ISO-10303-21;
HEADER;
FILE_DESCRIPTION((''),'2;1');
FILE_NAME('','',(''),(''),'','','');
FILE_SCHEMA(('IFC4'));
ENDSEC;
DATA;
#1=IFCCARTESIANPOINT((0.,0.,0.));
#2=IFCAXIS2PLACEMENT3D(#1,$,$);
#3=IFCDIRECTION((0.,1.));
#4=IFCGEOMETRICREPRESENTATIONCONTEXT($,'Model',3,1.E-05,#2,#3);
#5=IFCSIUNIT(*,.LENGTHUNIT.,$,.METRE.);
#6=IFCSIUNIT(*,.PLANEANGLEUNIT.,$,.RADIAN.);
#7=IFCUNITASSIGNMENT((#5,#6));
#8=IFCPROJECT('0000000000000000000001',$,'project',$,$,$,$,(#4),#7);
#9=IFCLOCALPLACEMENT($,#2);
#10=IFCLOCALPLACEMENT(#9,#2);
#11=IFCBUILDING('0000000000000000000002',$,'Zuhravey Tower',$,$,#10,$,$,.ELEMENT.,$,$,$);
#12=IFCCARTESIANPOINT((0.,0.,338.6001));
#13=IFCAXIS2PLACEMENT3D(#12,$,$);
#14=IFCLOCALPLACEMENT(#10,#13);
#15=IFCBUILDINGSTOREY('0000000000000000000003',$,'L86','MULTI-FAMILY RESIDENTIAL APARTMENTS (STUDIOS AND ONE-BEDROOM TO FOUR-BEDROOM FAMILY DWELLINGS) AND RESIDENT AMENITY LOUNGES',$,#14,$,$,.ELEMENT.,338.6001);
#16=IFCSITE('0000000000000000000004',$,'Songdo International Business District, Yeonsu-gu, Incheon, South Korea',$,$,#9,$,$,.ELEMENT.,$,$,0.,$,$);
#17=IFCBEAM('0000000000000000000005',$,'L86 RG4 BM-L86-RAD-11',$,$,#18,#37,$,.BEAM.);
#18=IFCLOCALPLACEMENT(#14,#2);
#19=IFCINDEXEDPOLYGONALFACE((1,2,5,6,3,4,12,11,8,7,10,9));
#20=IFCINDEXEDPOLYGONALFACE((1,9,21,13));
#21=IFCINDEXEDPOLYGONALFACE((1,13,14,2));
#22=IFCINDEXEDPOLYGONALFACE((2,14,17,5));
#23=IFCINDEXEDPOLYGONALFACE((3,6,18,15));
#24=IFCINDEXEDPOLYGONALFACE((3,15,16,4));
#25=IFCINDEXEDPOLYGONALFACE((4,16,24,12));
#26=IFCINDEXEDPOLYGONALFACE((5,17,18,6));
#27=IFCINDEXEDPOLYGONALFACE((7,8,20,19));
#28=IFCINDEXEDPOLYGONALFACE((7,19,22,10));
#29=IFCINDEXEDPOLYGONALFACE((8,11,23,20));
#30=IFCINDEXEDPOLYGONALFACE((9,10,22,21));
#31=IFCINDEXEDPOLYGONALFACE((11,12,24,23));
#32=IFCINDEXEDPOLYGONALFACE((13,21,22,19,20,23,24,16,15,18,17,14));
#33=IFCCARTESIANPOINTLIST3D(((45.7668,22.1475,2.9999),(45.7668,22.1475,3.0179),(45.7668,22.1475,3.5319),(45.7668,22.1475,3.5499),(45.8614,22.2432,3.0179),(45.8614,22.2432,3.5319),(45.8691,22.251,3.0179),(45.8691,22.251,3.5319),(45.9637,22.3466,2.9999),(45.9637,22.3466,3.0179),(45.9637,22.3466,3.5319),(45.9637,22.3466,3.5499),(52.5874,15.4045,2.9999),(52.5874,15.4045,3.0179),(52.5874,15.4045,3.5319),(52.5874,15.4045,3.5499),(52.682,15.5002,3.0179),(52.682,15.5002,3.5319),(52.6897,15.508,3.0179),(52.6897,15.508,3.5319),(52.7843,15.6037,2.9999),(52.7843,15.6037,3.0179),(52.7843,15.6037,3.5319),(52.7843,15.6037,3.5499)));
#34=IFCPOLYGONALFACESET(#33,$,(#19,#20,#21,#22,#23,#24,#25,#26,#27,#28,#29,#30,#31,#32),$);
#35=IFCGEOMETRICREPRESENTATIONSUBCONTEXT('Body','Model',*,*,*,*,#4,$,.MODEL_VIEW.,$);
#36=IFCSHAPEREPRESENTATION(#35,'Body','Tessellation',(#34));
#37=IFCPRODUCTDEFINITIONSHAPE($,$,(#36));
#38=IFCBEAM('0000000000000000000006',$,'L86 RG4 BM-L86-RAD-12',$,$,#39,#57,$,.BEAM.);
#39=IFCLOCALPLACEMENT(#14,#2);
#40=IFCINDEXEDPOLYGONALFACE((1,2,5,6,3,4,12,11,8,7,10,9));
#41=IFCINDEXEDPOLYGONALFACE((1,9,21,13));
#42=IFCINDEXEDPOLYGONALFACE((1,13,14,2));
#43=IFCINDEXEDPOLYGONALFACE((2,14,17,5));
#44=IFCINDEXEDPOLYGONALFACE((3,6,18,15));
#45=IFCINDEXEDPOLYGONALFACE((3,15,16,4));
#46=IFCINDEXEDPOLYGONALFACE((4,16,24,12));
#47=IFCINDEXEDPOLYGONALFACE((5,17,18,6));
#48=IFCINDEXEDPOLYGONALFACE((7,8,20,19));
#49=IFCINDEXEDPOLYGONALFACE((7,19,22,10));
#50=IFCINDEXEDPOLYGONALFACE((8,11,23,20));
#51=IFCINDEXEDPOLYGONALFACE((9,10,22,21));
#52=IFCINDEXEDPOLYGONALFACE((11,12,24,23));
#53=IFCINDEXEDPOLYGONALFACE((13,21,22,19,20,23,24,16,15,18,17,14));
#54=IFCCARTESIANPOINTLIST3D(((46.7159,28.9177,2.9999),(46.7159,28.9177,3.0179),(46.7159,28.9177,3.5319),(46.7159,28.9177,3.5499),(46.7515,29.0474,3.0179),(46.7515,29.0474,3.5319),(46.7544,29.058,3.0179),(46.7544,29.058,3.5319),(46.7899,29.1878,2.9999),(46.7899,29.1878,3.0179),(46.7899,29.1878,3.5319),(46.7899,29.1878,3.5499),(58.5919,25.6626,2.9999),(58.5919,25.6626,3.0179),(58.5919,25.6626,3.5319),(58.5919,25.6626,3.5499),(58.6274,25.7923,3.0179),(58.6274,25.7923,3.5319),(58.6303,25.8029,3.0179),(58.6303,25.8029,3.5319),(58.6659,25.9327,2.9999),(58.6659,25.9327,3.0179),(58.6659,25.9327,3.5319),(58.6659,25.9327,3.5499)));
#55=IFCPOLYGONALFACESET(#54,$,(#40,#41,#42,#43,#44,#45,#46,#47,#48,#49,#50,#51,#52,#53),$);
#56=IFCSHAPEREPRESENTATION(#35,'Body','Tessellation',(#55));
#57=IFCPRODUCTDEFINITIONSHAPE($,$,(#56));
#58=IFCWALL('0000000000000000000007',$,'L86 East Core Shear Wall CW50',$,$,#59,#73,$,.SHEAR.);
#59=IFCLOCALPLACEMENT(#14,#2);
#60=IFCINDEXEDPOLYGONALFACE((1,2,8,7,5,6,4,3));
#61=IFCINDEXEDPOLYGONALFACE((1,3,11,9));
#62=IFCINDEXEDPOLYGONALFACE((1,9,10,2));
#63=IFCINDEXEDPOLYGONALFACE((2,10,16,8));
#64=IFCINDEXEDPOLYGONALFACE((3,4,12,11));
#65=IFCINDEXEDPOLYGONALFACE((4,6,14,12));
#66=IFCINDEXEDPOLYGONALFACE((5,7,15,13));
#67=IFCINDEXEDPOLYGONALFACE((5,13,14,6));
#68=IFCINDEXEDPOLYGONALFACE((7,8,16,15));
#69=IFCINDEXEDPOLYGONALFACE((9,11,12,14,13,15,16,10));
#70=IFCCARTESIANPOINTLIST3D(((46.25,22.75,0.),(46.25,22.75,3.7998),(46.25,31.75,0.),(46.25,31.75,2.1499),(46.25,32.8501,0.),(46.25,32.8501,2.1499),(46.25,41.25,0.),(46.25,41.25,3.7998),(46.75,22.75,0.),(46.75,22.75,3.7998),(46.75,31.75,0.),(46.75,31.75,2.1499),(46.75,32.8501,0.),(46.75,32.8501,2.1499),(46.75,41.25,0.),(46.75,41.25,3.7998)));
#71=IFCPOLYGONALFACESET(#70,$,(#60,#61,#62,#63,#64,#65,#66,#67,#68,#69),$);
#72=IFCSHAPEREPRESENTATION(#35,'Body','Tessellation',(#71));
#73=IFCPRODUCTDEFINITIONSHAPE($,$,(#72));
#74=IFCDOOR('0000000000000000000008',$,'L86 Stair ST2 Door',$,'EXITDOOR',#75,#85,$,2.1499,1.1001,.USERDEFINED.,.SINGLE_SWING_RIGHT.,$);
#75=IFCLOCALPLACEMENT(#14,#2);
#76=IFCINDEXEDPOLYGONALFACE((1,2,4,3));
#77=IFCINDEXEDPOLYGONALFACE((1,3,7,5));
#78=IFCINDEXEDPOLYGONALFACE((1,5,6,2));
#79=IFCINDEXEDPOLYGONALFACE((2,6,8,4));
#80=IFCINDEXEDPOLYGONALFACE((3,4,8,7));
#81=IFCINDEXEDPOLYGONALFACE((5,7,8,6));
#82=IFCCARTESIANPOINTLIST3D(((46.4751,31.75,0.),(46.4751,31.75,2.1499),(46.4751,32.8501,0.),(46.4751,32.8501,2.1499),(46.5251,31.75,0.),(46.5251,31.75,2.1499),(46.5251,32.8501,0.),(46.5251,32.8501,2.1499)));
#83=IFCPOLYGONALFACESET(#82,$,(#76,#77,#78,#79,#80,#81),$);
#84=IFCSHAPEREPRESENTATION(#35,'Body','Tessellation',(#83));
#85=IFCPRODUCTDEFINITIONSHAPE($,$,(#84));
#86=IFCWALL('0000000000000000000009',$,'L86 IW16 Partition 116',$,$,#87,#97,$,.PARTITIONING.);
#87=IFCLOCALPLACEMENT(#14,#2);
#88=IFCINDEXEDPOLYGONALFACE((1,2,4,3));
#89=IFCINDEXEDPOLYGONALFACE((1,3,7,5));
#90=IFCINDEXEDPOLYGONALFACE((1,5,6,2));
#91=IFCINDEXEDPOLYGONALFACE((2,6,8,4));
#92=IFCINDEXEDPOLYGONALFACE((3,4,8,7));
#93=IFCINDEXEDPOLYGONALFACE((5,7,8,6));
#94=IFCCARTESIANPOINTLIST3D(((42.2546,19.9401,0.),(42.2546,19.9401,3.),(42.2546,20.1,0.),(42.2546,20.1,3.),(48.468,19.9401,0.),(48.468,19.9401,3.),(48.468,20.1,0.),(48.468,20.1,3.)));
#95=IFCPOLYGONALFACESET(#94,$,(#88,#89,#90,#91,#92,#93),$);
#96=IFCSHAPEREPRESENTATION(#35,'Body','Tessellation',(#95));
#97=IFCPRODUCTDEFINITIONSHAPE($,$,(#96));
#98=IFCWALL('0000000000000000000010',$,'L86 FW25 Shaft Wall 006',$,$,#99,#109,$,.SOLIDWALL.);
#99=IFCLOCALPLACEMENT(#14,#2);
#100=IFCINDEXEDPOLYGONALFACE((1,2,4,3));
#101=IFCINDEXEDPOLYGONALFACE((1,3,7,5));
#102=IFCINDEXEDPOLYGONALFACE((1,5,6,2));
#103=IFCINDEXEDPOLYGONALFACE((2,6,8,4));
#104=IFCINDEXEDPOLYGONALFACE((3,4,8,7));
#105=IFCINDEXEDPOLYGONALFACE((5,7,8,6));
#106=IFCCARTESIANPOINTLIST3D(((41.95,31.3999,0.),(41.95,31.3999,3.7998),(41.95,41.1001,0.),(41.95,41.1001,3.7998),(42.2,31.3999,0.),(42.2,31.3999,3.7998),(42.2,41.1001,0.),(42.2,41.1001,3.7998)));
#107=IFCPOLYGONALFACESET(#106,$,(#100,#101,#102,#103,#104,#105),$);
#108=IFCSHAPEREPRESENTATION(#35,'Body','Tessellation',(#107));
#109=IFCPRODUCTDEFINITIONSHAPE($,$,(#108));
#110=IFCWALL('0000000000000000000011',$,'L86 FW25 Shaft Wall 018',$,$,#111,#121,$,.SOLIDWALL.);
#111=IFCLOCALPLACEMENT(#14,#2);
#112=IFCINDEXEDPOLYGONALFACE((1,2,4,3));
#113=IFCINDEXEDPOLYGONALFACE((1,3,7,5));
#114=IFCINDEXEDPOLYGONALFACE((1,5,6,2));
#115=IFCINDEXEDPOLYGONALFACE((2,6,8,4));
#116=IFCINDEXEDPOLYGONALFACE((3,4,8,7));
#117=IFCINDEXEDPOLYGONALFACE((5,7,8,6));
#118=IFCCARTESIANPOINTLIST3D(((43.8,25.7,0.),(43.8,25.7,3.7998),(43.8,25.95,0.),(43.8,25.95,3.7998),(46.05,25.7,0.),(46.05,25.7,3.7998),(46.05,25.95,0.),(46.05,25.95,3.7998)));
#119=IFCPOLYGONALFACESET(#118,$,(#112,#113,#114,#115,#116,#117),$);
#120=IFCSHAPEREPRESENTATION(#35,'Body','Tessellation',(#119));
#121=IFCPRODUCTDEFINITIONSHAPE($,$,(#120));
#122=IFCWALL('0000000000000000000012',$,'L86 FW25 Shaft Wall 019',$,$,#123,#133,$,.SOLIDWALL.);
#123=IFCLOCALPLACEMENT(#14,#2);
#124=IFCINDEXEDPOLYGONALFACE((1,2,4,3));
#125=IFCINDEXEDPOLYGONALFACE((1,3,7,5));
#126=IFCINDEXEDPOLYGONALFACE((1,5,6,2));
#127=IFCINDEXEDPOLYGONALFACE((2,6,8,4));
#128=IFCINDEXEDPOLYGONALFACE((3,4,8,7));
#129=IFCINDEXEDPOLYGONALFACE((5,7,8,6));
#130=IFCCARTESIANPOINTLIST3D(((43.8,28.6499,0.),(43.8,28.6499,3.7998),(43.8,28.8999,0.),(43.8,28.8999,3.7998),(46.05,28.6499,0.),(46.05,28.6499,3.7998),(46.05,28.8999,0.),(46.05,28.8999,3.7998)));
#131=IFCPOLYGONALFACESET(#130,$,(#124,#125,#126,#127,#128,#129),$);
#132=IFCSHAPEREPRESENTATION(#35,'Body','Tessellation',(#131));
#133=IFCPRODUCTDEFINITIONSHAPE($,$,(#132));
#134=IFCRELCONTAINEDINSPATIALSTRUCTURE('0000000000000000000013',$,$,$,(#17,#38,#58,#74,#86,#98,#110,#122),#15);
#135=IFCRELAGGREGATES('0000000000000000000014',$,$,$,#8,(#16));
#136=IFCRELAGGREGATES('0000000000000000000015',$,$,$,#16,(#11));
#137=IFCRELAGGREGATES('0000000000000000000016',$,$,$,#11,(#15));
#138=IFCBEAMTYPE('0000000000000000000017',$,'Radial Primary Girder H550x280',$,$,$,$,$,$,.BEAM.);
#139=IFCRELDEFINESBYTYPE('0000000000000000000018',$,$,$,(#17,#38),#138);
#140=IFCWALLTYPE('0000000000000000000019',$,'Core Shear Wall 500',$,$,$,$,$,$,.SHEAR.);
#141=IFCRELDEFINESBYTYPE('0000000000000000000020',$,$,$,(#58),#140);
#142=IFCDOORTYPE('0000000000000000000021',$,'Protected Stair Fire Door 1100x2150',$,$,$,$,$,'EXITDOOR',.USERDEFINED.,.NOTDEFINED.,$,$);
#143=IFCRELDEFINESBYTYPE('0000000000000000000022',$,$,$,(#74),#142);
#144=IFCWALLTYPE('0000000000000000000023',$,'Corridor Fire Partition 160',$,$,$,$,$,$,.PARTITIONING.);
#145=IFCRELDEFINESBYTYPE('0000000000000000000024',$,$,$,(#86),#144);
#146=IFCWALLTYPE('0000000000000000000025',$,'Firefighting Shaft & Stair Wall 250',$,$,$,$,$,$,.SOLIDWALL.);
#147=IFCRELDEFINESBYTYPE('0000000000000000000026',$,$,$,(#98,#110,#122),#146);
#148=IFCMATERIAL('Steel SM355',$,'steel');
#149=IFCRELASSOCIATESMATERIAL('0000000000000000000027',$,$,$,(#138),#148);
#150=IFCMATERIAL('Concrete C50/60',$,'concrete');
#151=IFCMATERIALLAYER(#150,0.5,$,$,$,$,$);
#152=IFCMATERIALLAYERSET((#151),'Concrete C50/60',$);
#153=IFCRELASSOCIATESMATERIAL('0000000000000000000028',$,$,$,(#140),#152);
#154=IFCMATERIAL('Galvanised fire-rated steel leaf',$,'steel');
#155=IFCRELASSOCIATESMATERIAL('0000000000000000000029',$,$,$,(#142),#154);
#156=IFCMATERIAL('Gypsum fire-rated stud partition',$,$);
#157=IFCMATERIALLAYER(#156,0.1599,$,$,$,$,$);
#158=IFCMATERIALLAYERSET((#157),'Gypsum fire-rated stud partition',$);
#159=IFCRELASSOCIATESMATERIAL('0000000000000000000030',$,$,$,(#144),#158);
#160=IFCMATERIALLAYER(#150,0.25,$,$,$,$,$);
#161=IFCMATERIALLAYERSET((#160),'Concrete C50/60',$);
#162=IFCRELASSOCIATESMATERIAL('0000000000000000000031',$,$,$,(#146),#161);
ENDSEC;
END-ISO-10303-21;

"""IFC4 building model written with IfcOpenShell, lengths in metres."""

from ifc_helpers import new_model, si_unit, direction, frame, frame_2d, origin, origin_2d, place, context, subcontext, project, spatial, rectangle, i_section, extrude, material, layer, layer_set, material_profile, profile_set, type_object, element, fill, save


model = new_model("IFC4")

# Units and contexts
model_context = context("Model", 3, precision=1e-05, world=origin(), true_north=direction((0.0, 1.0)))
body_context = subcontext(model_context, "Body", "Model", "MODEL_VIEW")
ifc_project = project(units=[si_unit("LENGTHUNIT", "METRE"), si_unit("PLANEANGLEUNIT", "RADIAN")], contexts=[model_context])

# Site, building, storey
site_placement = place(None, origin())
site = spatial("IfcSite", under=ifc_project, at=site_placement, Name="Songdo International Business District, Yeonsu-gu, Incheon, South Korea", CompositionType="ELEMENT", RefElevation=0.0)
building_placement = place(site_placement, origin())
building = spatial("IfcBuilding", under=site, at=building_placement, Name="Zuhravey Tower", CompositionType="ELEMENT")
storey_placement = place(building_placement, frame((0.0, 0.0, 338.6001)))
storey = spatial("IfcBuildingStorey", under=building, at=storey_placement, Name="L86", Description="MULTI-FAMILY RESIDENTIAL APARTMENTS (STUDIOS AND ONE-BEDROOM TO FOUR-BEDROOM FAMILY DWELLINGS) AND RESIDENT AMENITY LOUNGES", CompositionType="ELEMENT", Elevation=338.6001)

# Beams
ifc_material_1 = material(Name="Steel SM355", Category="steel")
ifc_material_profile = material_profile(ifc_material_1, i_section(OverallWidth=0.28, OverallDepth=0.55, WebThickness=0.011, FlangeThickness=0.0181, at=origin_2d()), Name="H-550x280x11x18")
ifc_profile_set = profile_set([ifc_material_profile], Name="Steel SM355")
beam_type = type_object("IfcBeamType", Name="Radial Primary Girder H550x280", PredefinedType="BEAM", material=ifc_profile_set)
beam_1_placement = place(storey_placement, frame((45.8652, 22.2471, 3.2749), z_axis=(0.711143, -0.703048, 0.0), x_axis=(0.703048, 0.711143, 0.0)))
element("IfcBeam", 1, at=beam_1_placement, inside=storey, type_object=beam_type, Name="L86 RG4 BM-L86-RAD-11", PredefinedType="BEAM", context=body_context, shape_type="SweptSolid", body=[
    extrude(i_section(OverallWidth=0.28, OverallDepth=0.55, WebThickness=0.011, FlangeThickness=0.0181, at=origin_2d()), origin(), (0.0, 0.0, 1.0), 9.5911),
])
beam_2_placement = place(storey_placement, frame((46.7529, 29.0527, 3.2749), z_axis=(0.964429, -0.264344, 0.0), x_axis=(0.264344, 0.964429, 0.0)))
element("IfcBeam", 2, at=beam_2_placement, inside=storey, type_object=beam_type, Name="L86 RG4 BM-L86-RAD-12", PredefinedType="BEAM", context=body_context, shape_type="SweptSolid", body=[
    extrude(i_section(OverallWidth=0.28, OverallDepth=0.55, WebThickness=0.011, FlangeThickness=0.0181, at=origin_2d()), origin(), (0.0, 0.0, 1.0), 12.314),
])

# Wall, opening, door
ifc_material_2 = material(Name="Concrete C50/60", Category="concrete")
ifc_layer_1 = layer(ifc_material_2, 0.5)
ifc_layer_set_1 = layer_set([ifc_layer_1], Name="Concrete C50/60")
wall_type_1 = type_object("IfcWallType", Name="Core Shear Wall 500", PredefinedType="SHEAR", material=ifc_layer_set_1)
wall_1_placement = place(storey_placement, frame((46.5, 22.75, 0.0), z_axis=(0.0, 0.0, 1.0), x_axis=(0.0, 1.0, 0.0)))
wall_1 = element("IfcWall", 3, at=wall_1_placement, inside=storey, type_object=wall_type_1, Name="L86 East Core Shear Wall CW50", PredefinedType="SHEAR", context=body_context, shape_type="SweptSolid", body=[
    extrude(rectangle(XDim=18.5, YDim=0.5, at=frame_2d((9.25, 0.0))), origin(), (0.0, 0.0, 1.0), 3.7998),
])
opening_1_placement = place(wall_1_placement, frame((9.0, 0.0, 0.0)))
opening_1 = element("IfcOpeningElement", 4, at=opening_1_placement, cuts=wall_1, PredefinedType="OPENING", context=body_context, shape_type="SweptSolid", body=[
    extrude(rectangle(XDim=1.1001, YDim=2.1499, at=frame_2d((0.55, 1.075))), frame((0.0, 0.262, 0.0), z_axis=(0.0, -1.0, 0.0), x_axis=(1.0, 0.0, 0.0)), (0.0, 0.0, 1.0), 0.5239),
])
ifc_material_3 = material(Name="Galvanised fire-rated steel leaf", Category="steel")
door_type_1 = type_object("IfcDoorType", Name="Protected Stair Fire Door 1100x2150", ElementType="EXITDOOR", OperationType="NOTDEFINED", PredefinedType="USERDEFINED", material=ifc_material_3)
door_1_placement = place(opening_1_placement, origin())
door_1 = element("IfcDoor", 5, at=door_1_placement, inside=storey, type_object=door_type_1, Name="L86 Stair ST2 Door", ObjectType="EXITDOOR", OperationType="SINGLE_SWING_RIGHT", OverallHeight=2.1499, OverallWidth=1.1001, PredefinedType="USERDEFINED", context=body_context, shape_type="SweptSolid", body=[
    extrude(rectangle(XDim=1.1001, YDim=2.1499, at=frame_2d((0.55, 1.075))), frame((0.0, 0.0249, 0.0), z_axis=(0.0, -1.0, 0.0), x_axis=(1.0, 0.0, 0.0)), (0.0, 0.0, 1.0), 0.05),
])
fill(opening_1, door_1)
ifc_material_4 = material(Name="Gypsum fire-rated stud partition")
ifc_layer_2 = layer(ifc_material_4, 0.1599)
ifc_layer_set_2 = layer_set([ifc_layer_2], Name="Gypsum fire-rated stud partition")
wall_type_2 = type_object("IfcWallType", Name="Corridor Fire Partition 160", PredefinedType="PARTITIONING", material=ifc_layer_set_2)

# Walls
wall_2_placement = place(storey_placement, frame((42.2546, 20.02, 0.0), z_axis=(0.0, 0.0, 1.0), x_axis=(1.0, 0.0, 0.0)))
element("IfcWall", 6, at=wall_2_placement, inside=storey, type_object=wall_type_2, Name="L86 IW16 Partition 116", PredefinedType="PARTITIONING", context=body_context, shape_type="SweptSolid", body=[
    extrude(rectangle(XDim=6.2134, YDim=0.1599, at=frame_2d((3.1067, 0.0))), origin(), (0.0, 0.0, 1.0), 3.0),
])
ifc_layer_3 = layer(ifc_material_2, 0.25)
ifc_layer_set_3 = layer_set([ifc_layer_3], Name="Concrete C50/60")
wall_type_3 = type_object("IfcWallType", Name="Firefighting Shaft & Stair Wall 250", PredefinedType="SOLIDWALL", material=ifc_layer_set_3)
wall_3_placement = place(storey_placement, frame((42.075, 31.3999, 0.0), z_axis=(0.0, 0.0, 1.0), x_axis=(0.0, 1.0, 0.0)))
element("IfcWall", 7, at=wall_3_placement, inside=storey, type_object=wall_type_3, Name="L86 FW25 Shaft Wall 006", PredefinedType="SOLIDWALL", context=body_context, shape_type="SweptSolid", body=[
    extrude(rectangle(XDim=9.7002, YDim=0.25, at=frame_2d((4.8501, 0.0))), origin(), (0.0, 0.0, 1.0), 3.7998),
])
for number, where, z_axis, x_axis, name in (
    (8, (43.8, 25.825, 0.0), (0.0, 0.0, 1.0), (1.0, 0.0, 0.0), "L86 FW25 Shaft Wall 018"),
    (9, (43.8, 28.7749, 0.0), (0.0, 0.0, 1.0), (1.0, 0.0, 0.0), "L86 FW25 Shaft Wall 019"),
):
    element("IfcWall", number, at=place(storey_placement, frame(where, z_axis=z_axis, x_axis=x_axis)), inside=storey, type_object=wall_type_3, Name=name, PredefinedType="SOLIDWALL", context=body_context, shape_type="SweptSolid", body=[
        extrude(rectangle(XDim=2.25, YDim=0.25, at=frame_2d((1.125, 0.0))), origin(), (0.0, 0.0, 1.0), 3.7998),
    ])

save(model, "model.ifc")
